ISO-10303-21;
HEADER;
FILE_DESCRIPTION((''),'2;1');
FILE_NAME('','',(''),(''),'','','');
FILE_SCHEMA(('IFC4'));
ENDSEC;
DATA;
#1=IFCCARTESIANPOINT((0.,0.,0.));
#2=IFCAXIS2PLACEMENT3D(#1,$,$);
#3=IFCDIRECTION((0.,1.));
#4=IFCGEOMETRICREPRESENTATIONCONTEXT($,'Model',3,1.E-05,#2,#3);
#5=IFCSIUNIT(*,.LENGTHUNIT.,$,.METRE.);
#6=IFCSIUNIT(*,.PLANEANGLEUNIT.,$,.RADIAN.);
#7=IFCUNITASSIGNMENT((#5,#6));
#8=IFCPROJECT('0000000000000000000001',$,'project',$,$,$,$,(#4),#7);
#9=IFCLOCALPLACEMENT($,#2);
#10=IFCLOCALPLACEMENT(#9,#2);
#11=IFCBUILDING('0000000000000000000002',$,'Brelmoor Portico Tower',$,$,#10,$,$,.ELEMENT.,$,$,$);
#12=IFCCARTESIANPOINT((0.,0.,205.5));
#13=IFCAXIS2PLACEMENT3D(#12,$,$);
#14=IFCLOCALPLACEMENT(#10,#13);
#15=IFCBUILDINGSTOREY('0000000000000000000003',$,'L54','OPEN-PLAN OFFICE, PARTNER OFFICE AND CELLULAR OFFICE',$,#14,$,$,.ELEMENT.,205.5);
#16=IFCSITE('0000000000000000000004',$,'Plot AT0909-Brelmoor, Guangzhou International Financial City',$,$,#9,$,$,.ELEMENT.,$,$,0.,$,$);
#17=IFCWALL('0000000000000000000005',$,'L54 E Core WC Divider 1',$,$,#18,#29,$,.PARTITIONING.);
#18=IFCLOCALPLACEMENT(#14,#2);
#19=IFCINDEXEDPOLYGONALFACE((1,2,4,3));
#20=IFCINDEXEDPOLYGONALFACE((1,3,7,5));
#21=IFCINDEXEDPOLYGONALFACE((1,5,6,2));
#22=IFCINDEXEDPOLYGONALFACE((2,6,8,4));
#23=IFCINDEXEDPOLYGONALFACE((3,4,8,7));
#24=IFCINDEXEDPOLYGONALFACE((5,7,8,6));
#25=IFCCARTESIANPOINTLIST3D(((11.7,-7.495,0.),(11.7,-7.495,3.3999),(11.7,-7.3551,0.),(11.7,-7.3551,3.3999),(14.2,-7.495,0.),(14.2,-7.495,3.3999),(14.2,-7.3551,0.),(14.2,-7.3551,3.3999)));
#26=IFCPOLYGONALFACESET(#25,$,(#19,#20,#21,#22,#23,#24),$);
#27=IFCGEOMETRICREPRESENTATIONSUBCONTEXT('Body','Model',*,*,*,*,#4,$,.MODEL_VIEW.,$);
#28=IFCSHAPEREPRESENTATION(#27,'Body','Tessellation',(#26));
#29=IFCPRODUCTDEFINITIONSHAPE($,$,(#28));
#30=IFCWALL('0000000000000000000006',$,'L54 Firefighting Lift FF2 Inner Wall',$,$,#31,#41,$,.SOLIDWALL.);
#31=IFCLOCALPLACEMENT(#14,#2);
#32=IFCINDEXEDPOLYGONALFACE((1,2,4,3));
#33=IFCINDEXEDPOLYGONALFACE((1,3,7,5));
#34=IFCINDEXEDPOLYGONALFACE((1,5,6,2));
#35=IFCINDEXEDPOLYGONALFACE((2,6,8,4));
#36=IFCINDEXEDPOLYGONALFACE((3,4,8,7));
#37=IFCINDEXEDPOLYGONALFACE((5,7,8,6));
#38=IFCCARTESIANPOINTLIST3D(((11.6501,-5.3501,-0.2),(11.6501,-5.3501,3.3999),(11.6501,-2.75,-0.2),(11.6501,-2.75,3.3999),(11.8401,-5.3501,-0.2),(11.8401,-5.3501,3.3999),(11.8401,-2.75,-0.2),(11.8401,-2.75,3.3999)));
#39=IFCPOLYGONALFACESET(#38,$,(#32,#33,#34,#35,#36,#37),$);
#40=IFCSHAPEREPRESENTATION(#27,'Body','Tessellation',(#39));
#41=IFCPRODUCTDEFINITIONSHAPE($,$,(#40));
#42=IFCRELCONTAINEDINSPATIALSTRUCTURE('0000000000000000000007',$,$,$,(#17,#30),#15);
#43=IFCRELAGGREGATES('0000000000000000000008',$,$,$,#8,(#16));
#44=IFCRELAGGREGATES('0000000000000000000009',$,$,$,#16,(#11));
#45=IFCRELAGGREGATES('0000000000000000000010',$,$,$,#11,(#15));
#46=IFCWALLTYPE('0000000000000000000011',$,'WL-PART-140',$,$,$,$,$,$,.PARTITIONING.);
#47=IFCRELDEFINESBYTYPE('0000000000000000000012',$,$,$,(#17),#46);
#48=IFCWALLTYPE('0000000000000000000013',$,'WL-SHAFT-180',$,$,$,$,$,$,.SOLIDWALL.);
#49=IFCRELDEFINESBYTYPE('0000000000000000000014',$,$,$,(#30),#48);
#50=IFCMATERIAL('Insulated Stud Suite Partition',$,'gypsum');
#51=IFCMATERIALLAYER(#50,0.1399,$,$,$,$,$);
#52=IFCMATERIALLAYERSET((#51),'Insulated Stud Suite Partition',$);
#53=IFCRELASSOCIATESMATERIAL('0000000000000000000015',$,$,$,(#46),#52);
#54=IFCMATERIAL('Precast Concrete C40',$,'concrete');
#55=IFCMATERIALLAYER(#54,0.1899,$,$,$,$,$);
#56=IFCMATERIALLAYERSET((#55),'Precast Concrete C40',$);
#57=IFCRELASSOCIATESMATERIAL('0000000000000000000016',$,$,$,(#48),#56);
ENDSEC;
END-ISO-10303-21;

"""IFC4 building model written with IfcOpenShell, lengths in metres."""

from ifc_helpers import new_model, si_unit, direction, frame, frame_2d, origin, place, context, subcontext, project, spatial, rectangle, extrude, material, layer, layer_set, type_object, element, save


model = new_model("IFC4")

# Units and contexts
model_context = context("Model", 3, precision=1e-05, world=origin(), true_north=direction((0.0, 1.0)))
body_context = subcontext(model_context, "Body", "Model", "MODEL_VIEW")
ifc_project = project(units=[si_unit("LENGTHUNIT", "METRE"), si_unit("PLANEANGLEUNIT", "RADIAN")], contexts=[model_context])

# Site, building, storey
site_placement = place(None, origin())
site = spatial("IfcSite", under=ifc_project, at=site_placement, Name="Plot AT0909-Brelmoor, Guangzhou International Financial City", CompositionType="ELEMENT", RefElevation=0.0)
building_placement = place(site_placement, origin())
building = spatial("IfcBuilding", under=site, at=building_placement, Name="Brelmoor Portico Tower", CompositionType="ELEMENT")
storey_placement = place(building_placement, frame((0.0, 0.0, 205.5)))
storey = spatial("IfcBuildingStorey", under=building, at=storey_placement, Name="L54", Description="OPEN-PLAN OFFICE, PARTNER OFFICE AND CELLULAR OFFICE", CompositionType="ELEMENT", Elevation=205.5)

# Walls
ifc_material_1 = material(Name="Insulated Stud Suite Partition", Category="gypsum")
ifc_layer_1 = layer(ifc_material_1, 0.1399)
ifc_layer_set_1 = layer_set([ifc_layer_1], Name="Insulated Stud Suite Partition")
wall_type_1 = type_object("IfcWallType", Name="WL-PART-140", PredefinedType="PARTITIONING", material=ifc_layer_set_1)
wall_1_placement = place(storey_placement, frame((11.7, -7.425, 0.0), z_axis=(0.0, 0.0, 1.0), x_axis=(1.0, 0.0, 0.0)))
element("IfcWall", 1, at=wall_1_placement, inside=storey, type_object=wall_type_1, Name="L54 E Core WC Divider 1", PredefinedType="PARTITIONING", context=body_context, shape_type="SweptSolid", body=[
    extrude(rectangle(XDim=2.5, YDim=0.1399, at=frame_2d((1.25, 0.0))), origin(), (0.0, 0.0, 1.0), 3.3999),
])
ifc_material_2 = material(Name="Precast Concrete C40", Category="concrete")
ifc_layer_2 = layer(ifc_material_2, 0.1899)
ifc_layer_set_2 = layer_set([ifc_layer_2], Name="Precast Concrete C40")
wall_type_2 = type_object("IfcWallType", Name="WL-SHAFT-180", PredefinedType="SOLIDWALL", material=ifc_layer_set_2)
wall_2_placement = place(storey_placement, frame((11.7451, -5.3501, -0.2), z_axis=(0.0, 0.0, 1.0), x_axis=(0.0, 1.0, 0.0)))
element("IfcWall", 2, at=wall_2_placement, inside=storey, type_object=wall_type_2, Name="L54 Firefighting Lift FF2 Inner Wall", PredefinedType="SOLIDWALL", context=body_context, shape_type="SweptSolid", body=[
    extrude(rectangle(XDim=2.6001, YDim=0.1899, at=frame_2d((1.3, 0.0))), origin(), (0.0, 0.0, 1.0), 3.5999),
])

save(model, "model.ifc")
